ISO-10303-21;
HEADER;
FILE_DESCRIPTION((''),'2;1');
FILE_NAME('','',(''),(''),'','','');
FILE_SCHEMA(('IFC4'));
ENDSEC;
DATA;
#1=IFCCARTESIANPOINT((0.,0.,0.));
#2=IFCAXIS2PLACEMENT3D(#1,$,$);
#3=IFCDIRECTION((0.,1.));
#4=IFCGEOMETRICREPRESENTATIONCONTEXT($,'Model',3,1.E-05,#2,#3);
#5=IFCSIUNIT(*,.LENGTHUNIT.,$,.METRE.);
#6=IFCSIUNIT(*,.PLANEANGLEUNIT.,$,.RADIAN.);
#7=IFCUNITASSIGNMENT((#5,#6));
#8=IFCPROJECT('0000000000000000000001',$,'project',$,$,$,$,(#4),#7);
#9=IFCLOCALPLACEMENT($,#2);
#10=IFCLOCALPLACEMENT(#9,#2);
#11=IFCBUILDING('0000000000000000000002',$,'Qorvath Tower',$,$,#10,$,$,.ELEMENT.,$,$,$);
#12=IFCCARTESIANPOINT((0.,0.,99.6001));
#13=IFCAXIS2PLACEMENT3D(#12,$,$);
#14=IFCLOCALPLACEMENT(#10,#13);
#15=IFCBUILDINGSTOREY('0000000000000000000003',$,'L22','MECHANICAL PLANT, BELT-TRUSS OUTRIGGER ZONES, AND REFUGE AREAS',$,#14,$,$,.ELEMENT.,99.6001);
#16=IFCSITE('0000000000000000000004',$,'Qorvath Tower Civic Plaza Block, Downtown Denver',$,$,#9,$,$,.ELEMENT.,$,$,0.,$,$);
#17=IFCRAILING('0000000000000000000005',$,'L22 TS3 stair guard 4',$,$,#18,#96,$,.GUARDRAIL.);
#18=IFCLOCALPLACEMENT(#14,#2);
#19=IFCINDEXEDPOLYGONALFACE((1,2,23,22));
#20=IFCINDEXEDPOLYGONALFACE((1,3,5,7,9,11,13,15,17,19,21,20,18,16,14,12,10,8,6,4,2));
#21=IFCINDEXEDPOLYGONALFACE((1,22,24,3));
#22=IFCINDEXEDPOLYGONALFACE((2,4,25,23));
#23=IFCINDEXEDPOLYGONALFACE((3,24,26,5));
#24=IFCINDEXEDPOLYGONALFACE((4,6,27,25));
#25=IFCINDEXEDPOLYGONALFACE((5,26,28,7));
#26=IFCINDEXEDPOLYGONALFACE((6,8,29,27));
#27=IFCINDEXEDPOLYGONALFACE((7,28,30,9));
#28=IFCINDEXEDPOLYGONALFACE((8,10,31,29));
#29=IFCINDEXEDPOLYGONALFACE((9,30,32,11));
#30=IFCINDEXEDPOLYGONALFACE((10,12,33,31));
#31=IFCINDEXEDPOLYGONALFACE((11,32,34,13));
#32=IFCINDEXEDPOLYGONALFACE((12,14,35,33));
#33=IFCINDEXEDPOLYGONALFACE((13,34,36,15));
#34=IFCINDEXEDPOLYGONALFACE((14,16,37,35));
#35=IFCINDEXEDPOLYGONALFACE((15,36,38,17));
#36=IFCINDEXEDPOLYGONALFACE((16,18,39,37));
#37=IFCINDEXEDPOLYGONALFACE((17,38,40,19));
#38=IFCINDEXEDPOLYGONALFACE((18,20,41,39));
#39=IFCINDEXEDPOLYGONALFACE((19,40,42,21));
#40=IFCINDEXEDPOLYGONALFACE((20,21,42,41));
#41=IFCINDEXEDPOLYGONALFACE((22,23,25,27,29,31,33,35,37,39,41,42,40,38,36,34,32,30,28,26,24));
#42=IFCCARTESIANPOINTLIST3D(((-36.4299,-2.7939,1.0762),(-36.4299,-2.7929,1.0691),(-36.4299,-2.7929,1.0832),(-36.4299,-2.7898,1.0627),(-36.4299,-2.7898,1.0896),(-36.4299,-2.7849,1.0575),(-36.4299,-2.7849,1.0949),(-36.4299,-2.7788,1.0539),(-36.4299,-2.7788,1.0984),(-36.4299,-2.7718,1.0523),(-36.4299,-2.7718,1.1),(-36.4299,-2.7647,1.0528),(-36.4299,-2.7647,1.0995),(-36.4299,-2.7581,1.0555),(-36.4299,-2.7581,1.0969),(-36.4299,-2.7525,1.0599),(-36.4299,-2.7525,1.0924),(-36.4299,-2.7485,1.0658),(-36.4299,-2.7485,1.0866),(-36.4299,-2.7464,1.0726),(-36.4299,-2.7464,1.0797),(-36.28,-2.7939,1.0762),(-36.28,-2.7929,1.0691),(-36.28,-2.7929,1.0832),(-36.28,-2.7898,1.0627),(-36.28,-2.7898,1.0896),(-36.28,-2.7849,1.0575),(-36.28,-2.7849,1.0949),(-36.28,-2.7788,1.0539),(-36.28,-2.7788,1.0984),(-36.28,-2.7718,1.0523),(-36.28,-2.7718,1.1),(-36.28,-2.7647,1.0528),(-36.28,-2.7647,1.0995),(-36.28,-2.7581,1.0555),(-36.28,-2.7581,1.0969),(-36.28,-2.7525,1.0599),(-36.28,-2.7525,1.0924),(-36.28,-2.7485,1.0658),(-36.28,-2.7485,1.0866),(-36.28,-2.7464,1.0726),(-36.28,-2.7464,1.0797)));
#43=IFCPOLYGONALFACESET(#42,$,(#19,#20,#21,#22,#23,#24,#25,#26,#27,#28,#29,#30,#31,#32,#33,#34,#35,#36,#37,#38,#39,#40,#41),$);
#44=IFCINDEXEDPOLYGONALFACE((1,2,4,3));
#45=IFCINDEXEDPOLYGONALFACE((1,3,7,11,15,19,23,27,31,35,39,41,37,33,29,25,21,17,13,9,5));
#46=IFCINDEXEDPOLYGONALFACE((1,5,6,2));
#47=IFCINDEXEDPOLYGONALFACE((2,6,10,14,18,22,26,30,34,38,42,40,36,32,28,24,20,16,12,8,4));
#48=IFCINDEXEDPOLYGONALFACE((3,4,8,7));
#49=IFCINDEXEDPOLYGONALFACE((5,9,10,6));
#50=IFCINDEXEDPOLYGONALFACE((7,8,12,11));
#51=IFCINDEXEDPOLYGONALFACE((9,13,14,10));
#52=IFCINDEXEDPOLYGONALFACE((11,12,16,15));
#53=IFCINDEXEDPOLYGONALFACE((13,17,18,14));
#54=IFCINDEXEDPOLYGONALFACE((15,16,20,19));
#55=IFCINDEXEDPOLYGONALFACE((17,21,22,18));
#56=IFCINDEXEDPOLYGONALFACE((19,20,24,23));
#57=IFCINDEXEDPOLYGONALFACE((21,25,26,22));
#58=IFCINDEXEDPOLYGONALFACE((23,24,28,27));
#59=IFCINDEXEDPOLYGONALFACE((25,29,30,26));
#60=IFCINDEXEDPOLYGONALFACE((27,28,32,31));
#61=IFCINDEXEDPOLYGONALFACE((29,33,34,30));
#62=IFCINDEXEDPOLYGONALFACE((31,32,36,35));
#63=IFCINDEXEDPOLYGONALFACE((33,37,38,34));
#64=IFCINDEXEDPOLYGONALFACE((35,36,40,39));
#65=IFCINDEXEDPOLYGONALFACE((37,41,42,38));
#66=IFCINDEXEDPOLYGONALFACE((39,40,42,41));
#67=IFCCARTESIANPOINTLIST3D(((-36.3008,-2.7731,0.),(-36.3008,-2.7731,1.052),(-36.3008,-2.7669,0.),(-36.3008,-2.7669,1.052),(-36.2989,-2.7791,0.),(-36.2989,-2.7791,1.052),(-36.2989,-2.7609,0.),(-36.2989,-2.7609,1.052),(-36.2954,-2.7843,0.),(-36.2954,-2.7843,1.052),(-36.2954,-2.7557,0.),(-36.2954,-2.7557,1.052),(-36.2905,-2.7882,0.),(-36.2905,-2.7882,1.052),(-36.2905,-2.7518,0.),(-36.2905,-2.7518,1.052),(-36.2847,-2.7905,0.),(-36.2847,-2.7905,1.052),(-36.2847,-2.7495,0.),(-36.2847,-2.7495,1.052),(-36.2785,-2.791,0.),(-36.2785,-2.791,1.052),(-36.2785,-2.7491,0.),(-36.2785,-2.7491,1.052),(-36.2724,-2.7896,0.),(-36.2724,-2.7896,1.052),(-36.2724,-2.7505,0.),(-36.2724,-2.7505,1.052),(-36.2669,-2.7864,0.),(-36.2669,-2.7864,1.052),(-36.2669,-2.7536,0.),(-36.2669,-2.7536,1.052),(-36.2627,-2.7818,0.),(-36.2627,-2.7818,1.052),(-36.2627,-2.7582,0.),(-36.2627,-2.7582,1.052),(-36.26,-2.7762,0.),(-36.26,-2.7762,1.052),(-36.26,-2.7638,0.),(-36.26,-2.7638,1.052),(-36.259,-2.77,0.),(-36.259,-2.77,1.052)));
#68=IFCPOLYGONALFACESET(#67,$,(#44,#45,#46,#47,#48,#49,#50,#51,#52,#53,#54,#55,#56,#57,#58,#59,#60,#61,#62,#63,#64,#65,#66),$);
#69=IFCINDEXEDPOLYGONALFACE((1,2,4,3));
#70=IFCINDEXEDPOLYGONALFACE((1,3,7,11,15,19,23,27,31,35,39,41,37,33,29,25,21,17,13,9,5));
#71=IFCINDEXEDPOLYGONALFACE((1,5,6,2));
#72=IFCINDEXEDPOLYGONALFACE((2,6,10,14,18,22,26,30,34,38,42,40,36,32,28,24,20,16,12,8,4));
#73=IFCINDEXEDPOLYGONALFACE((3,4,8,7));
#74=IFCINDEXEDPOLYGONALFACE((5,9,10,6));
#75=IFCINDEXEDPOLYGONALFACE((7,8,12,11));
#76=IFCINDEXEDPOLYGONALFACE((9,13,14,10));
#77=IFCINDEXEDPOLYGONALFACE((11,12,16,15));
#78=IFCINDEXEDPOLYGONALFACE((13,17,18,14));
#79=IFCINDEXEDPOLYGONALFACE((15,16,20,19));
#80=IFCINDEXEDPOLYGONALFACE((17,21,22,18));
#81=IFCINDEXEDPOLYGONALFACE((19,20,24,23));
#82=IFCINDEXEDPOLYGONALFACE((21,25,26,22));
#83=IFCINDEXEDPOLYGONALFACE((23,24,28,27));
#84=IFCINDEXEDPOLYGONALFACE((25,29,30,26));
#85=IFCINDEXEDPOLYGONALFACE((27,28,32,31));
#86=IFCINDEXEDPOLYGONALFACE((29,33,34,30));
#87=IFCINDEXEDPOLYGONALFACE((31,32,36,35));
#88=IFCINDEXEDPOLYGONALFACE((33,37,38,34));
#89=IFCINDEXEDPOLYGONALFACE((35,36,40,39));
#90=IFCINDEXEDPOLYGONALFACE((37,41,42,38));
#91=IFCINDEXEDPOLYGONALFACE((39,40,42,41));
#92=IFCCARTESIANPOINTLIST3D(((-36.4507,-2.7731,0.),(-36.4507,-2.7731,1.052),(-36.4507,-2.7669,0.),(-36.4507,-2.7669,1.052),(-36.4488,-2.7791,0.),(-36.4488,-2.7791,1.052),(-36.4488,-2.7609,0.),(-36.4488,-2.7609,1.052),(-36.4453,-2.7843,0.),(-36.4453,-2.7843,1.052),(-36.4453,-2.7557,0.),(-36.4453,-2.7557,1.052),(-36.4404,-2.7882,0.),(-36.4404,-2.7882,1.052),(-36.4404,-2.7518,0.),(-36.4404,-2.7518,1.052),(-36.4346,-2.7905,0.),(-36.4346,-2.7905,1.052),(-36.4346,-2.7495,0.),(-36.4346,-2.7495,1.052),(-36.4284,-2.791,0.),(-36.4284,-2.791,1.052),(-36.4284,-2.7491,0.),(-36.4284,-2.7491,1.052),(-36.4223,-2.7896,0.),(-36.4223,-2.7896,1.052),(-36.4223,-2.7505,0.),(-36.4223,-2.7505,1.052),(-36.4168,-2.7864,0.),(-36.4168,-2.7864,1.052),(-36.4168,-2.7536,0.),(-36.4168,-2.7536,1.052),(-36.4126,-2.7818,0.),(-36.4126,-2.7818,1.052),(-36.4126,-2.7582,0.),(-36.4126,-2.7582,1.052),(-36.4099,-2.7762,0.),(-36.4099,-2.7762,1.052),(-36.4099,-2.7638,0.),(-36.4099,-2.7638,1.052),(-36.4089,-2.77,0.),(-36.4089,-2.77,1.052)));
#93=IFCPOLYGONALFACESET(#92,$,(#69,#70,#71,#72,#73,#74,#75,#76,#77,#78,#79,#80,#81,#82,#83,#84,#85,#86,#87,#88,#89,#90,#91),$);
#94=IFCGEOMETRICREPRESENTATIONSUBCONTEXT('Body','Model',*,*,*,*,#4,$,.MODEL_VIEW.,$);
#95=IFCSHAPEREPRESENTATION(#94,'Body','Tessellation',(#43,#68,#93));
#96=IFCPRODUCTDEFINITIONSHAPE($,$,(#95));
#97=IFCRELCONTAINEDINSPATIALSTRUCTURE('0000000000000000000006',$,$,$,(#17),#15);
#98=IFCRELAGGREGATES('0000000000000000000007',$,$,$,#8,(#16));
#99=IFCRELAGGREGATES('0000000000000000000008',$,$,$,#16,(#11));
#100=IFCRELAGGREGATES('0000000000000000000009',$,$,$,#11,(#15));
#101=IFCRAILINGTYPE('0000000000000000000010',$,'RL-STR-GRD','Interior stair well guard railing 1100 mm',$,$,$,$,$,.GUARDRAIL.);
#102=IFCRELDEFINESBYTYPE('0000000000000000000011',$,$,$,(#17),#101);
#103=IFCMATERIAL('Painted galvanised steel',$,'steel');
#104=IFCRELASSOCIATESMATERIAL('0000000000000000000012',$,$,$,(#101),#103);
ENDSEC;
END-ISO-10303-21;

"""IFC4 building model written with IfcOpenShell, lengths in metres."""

from ifc_helpers import new_model, si_unit, direction, frame, origin, origin_2d, place, context, subcontext, project, spatial, circle, extrude, material, type_object, element, save


model = new_model("IFC4")

# Units and contexts
model_context = context("Model", 3, precision=1e-05, world=origin(), true_north=direction((0.0, 1.0)))
body_context = subcontext(model_context, "Body", "Model", "MODEL_VIEW")
ifc_project = project(units=[si_unit("LENGTHUNIT", "METRE"), si_unit("PLANEANGLEUNIT", "RADIAN")], contexts=[model_context])

# Site, building, storey
site_placement = place(None, origin())
site = spatial("IfcSite", under=ifc_project, at=site_placement, Name="Qorvath Tower Civic Plaza Block, Downtown Denver", CompositionType="ELEMENT", RefElevation=0.0)
building_placement = place(site_placement, origin())
building = spatial("IfcBuilding", under=site, at=building_placement, Name="Qorvath Tower", CompositionType="ELEMENT")
storey_placement = place(building_placement, frame((0.0, 0.0, 99.6001)))
storey = spatial("IfcBuildingStorey", under=building, at=storey_placement, Name="L22", Description="MECHANICAL PLANT, BELT-TRUSS OUTRIGGER ZONES, AND REFUGE AREAS", CompositionType="ELEMENT", Elevation=99.6001)

# Railing
ifc_material_1 = material(Name="Painted galvanised steel", Category="steel")
railing_type_1 = type_object("IfcRailingType", Name="RL-STR-GRD", Description="Interior stair well guard railing 1100 mm", PredefinedType="GUARDRAIL", material=ifc_material_1)
railing_1_placement = place(storey_placement, frame((-36.28, -2.77, 0.0)))
element("IfcRailing", 1, at=railing_1_placement, inside=storey, type_object=railing_type_1, Name="L22 TS3 stair guard 4", PredefinedType="GUARDRAIL", context=body_context, shape_type="SweptSolid", body=[
    extrude(circle(Radius=0.0239, at=origin_2d()), frame((0.0, 0.0, 1.0762), z_axis=(-1.0, 0.0, 0.0), x_axis=(0.0, -1.0, 0.0)), (0.0, 0.0, 1.0), 0.1499),
    extrude(circle(Radius=0.021, at=origin_2d()), origin(), (0.0, 0.0, 1.0), 1.052),
    extrude(circle(Radius=0.021, at=origin_2d()), frame((-0.1499, 0.0, 0.0)), (0.0, 0.0, 1.0), 1.052),
])

save(model, "model.ifc")
